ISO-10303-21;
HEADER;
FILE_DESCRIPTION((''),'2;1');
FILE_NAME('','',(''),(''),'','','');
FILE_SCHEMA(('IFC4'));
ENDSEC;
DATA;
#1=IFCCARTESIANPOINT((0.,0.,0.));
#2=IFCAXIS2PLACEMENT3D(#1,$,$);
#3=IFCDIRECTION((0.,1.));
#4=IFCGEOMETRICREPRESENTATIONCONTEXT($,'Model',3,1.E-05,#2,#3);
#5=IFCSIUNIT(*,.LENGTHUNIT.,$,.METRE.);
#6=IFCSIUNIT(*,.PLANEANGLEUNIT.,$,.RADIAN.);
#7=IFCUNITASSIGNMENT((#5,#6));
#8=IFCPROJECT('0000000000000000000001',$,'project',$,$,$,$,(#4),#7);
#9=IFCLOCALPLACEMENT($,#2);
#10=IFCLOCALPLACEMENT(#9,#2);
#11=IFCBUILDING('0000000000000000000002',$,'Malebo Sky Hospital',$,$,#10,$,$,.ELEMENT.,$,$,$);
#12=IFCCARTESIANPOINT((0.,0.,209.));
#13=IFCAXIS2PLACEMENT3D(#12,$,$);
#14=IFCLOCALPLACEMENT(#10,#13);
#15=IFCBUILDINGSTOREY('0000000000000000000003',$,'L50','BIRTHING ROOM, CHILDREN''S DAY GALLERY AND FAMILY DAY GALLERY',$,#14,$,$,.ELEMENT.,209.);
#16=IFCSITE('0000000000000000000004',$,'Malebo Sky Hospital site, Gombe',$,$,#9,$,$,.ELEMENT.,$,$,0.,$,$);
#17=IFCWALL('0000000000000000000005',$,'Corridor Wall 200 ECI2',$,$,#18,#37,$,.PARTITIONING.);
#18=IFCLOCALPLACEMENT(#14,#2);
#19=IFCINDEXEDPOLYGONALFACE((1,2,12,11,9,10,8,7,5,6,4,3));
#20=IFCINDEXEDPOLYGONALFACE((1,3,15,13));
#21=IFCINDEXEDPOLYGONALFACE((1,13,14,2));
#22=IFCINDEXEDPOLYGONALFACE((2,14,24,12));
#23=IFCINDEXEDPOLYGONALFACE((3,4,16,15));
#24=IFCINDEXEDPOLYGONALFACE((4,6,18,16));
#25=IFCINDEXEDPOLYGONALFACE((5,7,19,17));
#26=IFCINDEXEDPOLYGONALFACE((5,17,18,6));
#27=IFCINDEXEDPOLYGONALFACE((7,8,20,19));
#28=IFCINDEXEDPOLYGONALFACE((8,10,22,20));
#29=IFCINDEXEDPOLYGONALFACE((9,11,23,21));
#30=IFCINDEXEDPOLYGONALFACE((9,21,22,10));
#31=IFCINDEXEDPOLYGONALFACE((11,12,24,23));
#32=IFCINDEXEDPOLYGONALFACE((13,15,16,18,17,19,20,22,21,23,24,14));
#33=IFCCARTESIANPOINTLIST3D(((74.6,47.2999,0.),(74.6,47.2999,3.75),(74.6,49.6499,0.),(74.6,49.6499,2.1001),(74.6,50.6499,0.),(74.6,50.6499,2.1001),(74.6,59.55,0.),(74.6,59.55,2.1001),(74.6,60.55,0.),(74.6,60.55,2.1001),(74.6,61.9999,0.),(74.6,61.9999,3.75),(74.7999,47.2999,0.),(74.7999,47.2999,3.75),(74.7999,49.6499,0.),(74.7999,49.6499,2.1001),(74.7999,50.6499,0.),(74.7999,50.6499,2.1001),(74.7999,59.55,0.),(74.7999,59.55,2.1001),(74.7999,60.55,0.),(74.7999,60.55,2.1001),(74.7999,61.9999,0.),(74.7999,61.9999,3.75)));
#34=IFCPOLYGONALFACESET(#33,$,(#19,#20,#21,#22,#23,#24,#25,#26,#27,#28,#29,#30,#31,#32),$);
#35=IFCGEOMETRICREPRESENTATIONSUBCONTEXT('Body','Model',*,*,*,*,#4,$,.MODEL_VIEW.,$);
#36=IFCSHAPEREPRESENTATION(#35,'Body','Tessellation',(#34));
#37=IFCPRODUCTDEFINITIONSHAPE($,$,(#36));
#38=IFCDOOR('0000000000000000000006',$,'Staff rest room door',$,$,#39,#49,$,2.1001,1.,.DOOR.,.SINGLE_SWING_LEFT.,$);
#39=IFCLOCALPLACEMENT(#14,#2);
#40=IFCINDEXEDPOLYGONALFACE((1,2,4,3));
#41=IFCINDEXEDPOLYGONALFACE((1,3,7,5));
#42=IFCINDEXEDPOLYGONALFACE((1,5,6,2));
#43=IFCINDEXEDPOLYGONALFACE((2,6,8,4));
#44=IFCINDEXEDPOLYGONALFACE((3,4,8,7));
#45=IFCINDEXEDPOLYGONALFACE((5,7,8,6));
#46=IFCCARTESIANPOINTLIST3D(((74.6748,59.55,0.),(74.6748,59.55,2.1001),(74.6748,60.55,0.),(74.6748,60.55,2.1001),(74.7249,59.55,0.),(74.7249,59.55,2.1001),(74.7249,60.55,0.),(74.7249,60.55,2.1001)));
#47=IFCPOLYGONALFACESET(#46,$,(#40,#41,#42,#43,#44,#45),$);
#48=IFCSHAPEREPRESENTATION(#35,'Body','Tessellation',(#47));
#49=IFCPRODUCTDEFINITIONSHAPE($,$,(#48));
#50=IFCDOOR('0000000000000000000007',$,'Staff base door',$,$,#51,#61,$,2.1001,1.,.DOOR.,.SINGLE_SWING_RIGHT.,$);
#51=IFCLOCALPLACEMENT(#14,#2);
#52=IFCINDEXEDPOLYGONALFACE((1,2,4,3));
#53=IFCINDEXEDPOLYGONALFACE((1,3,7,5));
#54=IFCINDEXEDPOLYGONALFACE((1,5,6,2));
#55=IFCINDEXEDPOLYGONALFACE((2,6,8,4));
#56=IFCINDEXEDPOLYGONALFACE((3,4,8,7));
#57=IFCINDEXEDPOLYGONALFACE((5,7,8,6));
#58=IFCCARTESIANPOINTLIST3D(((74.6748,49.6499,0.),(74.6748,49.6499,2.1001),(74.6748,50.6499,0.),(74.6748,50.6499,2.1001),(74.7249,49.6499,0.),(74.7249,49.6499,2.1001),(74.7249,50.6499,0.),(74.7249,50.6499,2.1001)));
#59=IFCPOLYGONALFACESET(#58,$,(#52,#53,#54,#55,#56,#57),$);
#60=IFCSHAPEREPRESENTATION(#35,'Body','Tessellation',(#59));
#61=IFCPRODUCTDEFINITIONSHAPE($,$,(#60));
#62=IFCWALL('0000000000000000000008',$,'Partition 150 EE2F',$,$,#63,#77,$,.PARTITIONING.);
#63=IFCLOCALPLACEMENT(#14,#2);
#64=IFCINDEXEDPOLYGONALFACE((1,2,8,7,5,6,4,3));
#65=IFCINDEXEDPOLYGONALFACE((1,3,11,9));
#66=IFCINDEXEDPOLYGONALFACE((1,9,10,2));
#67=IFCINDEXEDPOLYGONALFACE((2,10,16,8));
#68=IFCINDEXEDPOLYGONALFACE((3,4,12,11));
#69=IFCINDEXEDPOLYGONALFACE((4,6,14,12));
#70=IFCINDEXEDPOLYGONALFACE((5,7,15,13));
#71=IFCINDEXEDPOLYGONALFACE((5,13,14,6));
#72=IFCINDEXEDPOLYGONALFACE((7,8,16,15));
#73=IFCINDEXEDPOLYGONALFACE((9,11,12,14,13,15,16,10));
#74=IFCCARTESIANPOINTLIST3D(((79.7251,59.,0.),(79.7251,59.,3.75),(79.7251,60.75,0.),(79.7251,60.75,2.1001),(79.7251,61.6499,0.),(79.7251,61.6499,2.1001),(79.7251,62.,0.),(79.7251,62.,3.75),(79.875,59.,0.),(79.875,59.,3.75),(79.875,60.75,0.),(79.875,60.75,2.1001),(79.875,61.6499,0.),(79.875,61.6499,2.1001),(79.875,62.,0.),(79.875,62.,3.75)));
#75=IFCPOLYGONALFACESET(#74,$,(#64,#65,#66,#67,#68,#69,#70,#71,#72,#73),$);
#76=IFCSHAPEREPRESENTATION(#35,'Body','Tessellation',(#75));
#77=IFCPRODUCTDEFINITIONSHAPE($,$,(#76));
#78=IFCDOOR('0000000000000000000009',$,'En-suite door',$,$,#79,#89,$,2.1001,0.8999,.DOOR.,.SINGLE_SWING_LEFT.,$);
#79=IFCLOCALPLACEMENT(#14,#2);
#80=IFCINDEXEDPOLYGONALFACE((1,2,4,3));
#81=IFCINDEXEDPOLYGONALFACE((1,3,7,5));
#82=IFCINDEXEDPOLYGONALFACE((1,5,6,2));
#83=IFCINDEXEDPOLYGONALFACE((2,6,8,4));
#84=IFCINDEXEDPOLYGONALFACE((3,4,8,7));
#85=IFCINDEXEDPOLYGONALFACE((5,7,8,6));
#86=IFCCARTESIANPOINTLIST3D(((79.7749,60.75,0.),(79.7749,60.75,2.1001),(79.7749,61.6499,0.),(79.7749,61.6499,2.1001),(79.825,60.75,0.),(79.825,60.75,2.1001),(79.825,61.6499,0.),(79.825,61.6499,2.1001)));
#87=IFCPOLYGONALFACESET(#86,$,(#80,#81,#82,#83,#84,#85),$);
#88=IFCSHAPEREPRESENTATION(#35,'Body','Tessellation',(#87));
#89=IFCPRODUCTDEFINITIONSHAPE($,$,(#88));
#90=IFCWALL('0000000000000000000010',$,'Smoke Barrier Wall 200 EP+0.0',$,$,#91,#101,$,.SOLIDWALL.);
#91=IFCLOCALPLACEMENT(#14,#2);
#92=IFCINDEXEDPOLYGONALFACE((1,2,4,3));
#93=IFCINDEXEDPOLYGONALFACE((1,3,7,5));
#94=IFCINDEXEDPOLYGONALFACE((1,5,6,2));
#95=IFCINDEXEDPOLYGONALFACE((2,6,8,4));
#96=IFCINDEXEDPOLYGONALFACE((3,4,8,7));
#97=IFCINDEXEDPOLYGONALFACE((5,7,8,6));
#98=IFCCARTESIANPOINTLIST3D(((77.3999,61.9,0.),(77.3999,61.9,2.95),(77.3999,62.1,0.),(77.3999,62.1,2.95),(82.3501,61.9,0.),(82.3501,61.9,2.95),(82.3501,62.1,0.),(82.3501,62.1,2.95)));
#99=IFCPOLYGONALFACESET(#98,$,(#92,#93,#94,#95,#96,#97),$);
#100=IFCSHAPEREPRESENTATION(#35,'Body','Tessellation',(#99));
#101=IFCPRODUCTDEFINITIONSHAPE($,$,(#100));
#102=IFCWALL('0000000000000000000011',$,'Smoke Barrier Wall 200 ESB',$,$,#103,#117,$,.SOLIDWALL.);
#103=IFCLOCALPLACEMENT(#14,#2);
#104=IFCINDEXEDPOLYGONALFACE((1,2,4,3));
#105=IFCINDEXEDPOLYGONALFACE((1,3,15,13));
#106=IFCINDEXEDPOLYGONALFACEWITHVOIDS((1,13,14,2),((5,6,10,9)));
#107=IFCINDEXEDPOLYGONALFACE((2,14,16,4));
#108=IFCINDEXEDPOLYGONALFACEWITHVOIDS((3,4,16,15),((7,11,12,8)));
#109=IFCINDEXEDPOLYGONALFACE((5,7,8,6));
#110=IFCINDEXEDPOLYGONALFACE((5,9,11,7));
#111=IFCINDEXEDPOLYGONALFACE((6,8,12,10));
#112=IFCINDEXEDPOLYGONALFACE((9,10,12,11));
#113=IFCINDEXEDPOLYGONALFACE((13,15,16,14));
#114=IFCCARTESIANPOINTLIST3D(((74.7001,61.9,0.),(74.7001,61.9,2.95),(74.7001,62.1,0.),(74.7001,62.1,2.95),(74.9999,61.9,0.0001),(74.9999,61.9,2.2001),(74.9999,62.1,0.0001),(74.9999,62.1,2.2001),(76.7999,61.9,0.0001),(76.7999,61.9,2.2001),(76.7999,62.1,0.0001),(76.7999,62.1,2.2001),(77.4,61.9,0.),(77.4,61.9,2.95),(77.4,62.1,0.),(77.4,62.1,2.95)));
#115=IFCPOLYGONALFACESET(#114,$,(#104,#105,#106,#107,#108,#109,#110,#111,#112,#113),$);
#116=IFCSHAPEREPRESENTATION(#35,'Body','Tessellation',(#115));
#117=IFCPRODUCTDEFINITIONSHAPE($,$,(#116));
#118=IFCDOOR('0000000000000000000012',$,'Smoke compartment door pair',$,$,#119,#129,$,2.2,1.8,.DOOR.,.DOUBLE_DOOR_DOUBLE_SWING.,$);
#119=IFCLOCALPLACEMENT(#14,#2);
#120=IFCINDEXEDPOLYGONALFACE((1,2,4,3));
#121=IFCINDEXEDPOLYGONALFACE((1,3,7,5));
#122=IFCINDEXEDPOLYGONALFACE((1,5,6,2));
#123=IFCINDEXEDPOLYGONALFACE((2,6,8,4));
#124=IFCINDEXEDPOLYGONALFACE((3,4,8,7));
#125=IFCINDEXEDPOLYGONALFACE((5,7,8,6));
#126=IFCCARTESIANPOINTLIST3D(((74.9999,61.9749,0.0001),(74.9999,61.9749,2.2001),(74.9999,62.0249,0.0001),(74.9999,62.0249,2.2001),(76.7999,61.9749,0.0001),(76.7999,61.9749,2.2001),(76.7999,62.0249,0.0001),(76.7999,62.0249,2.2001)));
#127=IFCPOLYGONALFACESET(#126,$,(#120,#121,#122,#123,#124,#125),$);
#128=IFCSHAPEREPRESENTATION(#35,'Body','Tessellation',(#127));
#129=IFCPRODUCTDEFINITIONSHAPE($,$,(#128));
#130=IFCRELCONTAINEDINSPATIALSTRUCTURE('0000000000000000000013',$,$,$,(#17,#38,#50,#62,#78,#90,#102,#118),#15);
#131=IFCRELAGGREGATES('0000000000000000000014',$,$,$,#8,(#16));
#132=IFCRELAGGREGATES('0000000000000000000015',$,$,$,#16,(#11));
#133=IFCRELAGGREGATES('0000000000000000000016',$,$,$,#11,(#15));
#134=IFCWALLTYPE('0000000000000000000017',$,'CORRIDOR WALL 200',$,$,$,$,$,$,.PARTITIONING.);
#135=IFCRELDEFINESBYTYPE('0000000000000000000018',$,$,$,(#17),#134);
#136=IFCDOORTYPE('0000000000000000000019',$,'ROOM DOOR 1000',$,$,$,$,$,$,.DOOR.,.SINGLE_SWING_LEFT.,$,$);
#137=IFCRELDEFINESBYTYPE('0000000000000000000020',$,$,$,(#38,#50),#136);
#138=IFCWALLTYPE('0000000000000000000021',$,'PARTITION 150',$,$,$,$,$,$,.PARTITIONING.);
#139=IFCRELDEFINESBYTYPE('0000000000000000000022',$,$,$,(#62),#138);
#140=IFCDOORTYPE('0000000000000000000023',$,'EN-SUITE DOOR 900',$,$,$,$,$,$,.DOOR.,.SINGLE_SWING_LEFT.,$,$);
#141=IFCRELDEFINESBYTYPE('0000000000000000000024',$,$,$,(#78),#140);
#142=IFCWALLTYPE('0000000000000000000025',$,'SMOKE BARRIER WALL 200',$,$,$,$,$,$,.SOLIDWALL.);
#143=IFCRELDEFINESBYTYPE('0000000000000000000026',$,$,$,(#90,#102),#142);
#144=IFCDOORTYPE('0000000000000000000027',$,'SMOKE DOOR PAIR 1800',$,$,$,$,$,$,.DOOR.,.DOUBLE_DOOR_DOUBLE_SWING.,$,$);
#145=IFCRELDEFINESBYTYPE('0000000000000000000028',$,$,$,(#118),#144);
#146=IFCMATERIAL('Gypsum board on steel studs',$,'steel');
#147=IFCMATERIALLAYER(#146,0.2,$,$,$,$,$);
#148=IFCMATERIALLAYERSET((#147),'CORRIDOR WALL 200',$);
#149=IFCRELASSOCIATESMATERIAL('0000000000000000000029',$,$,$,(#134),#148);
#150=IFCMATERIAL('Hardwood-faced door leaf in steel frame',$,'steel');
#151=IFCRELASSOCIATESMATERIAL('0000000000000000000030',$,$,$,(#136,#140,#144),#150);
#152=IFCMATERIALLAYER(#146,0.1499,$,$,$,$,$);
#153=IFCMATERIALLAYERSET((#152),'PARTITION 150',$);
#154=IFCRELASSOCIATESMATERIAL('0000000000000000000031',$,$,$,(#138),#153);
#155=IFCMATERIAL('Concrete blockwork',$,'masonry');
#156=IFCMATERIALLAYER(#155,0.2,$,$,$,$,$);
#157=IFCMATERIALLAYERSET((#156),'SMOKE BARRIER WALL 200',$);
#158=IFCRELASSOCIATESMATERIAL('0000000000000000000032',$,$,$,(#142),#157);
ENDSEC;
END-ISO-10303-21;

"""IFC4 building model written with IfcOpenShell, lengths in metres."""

from ifc_helpers import new_model, si_unit, direction, frame, frame_2d, origin, place, context, subcontext, project, spatial, rectangle, extrude, material, layer, layer_set, type_object, element, fill, save


model = new_model("IFC4")

# Units and contexts
model_context = context("Model", 3, precision=1e-05, world=origin(), true_north=direction((0.0, 1.0)))
body_context = subcontext(model_context, "Body", "Model", "MODEL_VIEW")
ifc_project = project(units=[si_unit("LENGTHUNIT", "METRE"), si_unit("PLANEANGLEUNIT", "RADIAN")], contexts=[model_context])

# Site, building, storey
site_placement = place(None, origin())
site = spatial("IfcSite", under=ifc_project, at=site_placement, Name="Malebo Sky Hospital site, Gombe", CompositionType="ELEMENT", RefElevation=0.0)
building_placement = place(site_placement, origin())
building = spatial("IfcBuilding", under=site, at=building_placement, Name="Malebo Sky Hospital", CompositionType="ELEMENT")
storey_placement = place(building_placement, frame((0.0, 0.0, 209.0)))
storey = spatial("IfcBuildingStorey", under=building, at=storey_placement, Name="L50", Description="BIRTHING ROOM, CHILDREN'S DAY GALLERY AND FAMILY DAY GALLERY", CompositionType="ELEMENT", Elevation=209.0)

# Wall, openings, doors
ifc_material_1 = material(Name="Gypsum board on steel studs", Category="steel")
ifc_layer_1 = layer(ifc_material_1, 0.2)
ifc_layer_set_1 = layer_set([ifc_layer_1], Name="CORRIDOR WALL 200")
wall_type_1 = type_object("IfcWallType", Name="CORRIDOR WALL 200", PredefinedType="PARTITIONING", material=ifc_layer_set_1)
wall_1_placement = place(storey_placement, frame((74.7, 62.0, 0.0), z_axis=(0.0, 0.0, 1.0), x_axis=(0.0, -1.0, 0.0)))
wall_1 = element("IfcWall", 1, at=wall_1_placement, inside=storey, type_object=wall_type_1, Name="Corridor Wall 200 ECI2", PredefinedType="PARTITIONING", context=body_context, shape_type="SweptSolid", body=[
    extrude(rectangle(XDim=14.7, YDim=0.2, at=frame_2d((7.3501, 0.0))), origin(), (0.0, 0.0, 1.0), 3.75),
])
opening_1_placement = place(wall_1_placement, frame((1.45, 0.0, 0.0)))
opening_1 = element("IfcOpeningElement", 2, at=opening_1_placement, cuts=wall_1, PredefinedType="OPENING", context=body_context, shape_type="SweptSolid", body=[
    extrude(rectangle(XDim=1.0, YDim=2.1001, at=frame_2d((0.5, 1.05))), frame((0.0, 0.1099, 0.0), z_axis=(0.0, -1.0, 0.0), x_axis=(1.0, 0.0, 0.0)), (0.0, 0.0, 1.0), 0.22),
])
opening_2_placement = place(wall_1_placement, frame((11.3501, 0.0, 0.0)))
opening_2 = element("IfcOpeningElement", 3, at=opening_2_placement, cuts=wall_1, PredefinedType="OPENING", context=body_context, shape_type="SweptSolid", body=[
    extrude(rectangle(XDim=1.0, YDim=2.1001, at=frame_2d((0.5, 1.05))), frame((0.0, 0.1099, 0.0), z_axis=(0.0, -1.0, 0.0), x_axis=(1.0, 0.0, 0.0)), (0.0, 0.0, 1.0), 0.22),
])
ifc_material_2 = material(Name="Hardwood-faced door leaf in steel frame", Category="steel")
door_type_1 = type_object("IfcDoorType", Name="ROOM DOOR 1000", OperationType="SINGLE_SWING_LEFT", PredefinedType="DOOR", material=ifc_material_2)
door_1_placement = place(opening_1_placement, origin())
door_1 = element("IfcDoor", 4, at=door_1_placement, inside=storey, type_object=door_type_1, Name="Staff rest room door", OperationType="SINGLE_SWING_LEFT", OverallHeight=2.1001, OverallWidth=1.0, PredefinedType="DOOR", context=body_context, shape_type="SweptSolid", body=[
    extrude(rectangle(XDim=1.0, YDim=2.1001, at=frame_2d((0.5, 1.05))), frame((0.0, 0.0249, 0.0), z_axis=(0.0, -1.0, 0.0), x_axis=(1.0, 0.0, 0.0)), (0.0, 0.0, 1.0), 0.05),
])
fill(opening_1, door_1)
door_2_placement = place(opening_2_placement, origin())
door_2 = element("IfcDoor", 5, at=door_2_placement, inside=storey, type_object=door_type_1, Name="Staff base door", OperationType="SINGLE_SWING_RIGHT", OverallHeight=2.1001, OverallWidth=1.0, PredefinedType="DOOR", context=body_context, shape_type="SweptSolid", body=[
    extrude(rectangle(XDim=1.0, YDim=2.1001, at=frame_2d((0.5, 1.05))), frame((0.0, 0.0249, 0.0), z_axis=(0.0, -1.0, 0.0), x_axis=(1.0, 0.0, 0.0)), (0.0, 0.0, 1.0), 0.05),
])
fill(opening_2, door_2)

# Wall, opening, door
ifc_layer_2 = layer(ifc_material_1, 0.1499)
ifc_layer_set_2 = layer_set([ifc_layer_2], Name="PARTITION 150")
wall_type_2 = type_object("IfcWallType", Name="PARTITION 150", PredefinedType="PARTITIONING", material=ifc_layer_set_2)
wall_2_placement = place(storey_placement, frame((79.8, 62.0, 0.0), z_axis=(0.0, 0.0, 1.0), x_axis=(0.0, -1.0, 0.0)))
wall_2 = element("IfcWall", 6, at=wall_2_placement, inside=storey, type_object=wall_type_2, Name="Partition 150 EE2F", PredefinedType="PARTITIONING", context=body_context, shape_type="SweptSolid", body=[
    extrude(rectangle(XDim=3.0, YDim=0.1499, at=frame_2d((1.5, 0.0))), origin(), (0.0, 0.0, 1.0), 3.75),
])
opening_3_placement = place(wall_2_placement, frame((0.3501, 0.0, 0.0)))
opening_3 = element("IfcOpeningElement", 7, at=opening_3_placement, cuts=wall_2, PredefinedType="OPENING", context=body_context, shape_type="SweptSolid", body=[
    extrude(rectangle(XDim=0.8999, YDim=2.1001, at=frame_2d((0.45, 1.05))), frame((0.0, 0.085, 0.0), z_axis=(0.0, -1.0, 0.0), x_axis=(1.0, 0.0, 0.0)), (0.0, 0.0, 1.0), 0.1699),
])
door_type_2 = type_object("IfcDoorType", Name="EN-SUITE DOOR 900", OperationType="SINGLE_SWING_LEFT", PredefinedType="DOOR", material=ifc_material_2)
door_3_placement = place(opening_3_placement, origin())
door_3 = element("IfcDoor", 8, at=door_3_placement, inside=storey, type_object=door_type_2, Name="En-suite door", OperationType="SINGLE_SWING_LEFT", OverallHeight=2.1001, OverallWidth=0.8999, PredefinedType="DOOR", context=body_context, shape_type="SweptSolid", body=[
    extrude(rectangle(XDim=0.8999, YDim=2.1001, at=frame_2d((0.45, 1.05))), frame((0.0, 0.0249, 0.0), z_axis=(0.0, -1.0, 0.0), x_axis=(1.0, 0.0, 0.0)), (0.0, 0.0, 1.0), 0.05),
])
fill(opening_3, door_3)

# Wall
ifc_material_3 = material(Name="Concrete blockwork", Category="masonry")
ifc_layer_3 = layer(ifc_material_3, 0.2)
ifc_layer_set_3 = layer_set([ifc_layer_3], Name="SMOKE BARRIER WALL 200")
wall_type_3 = type_object("IfcWallType", Name="SMOKE BARRIER WALL 200", PredefinedType="SOLIDWALL", material=ifc_layer_set_3)
wall_3_placement = place(storey_placement, frame((77.3999, 62.0, 0.0), z_axis=(0.0, 0.0, 1.0), x_axis=(1.0, 0.0, 0.0)))
element("IfcWall", 9, at=wall_3_placement, inside=storey, type_object=wall_type_3, Name="Smoke Barrier Wall 200 EP+0.0", PredefinedType="SOLIDWALL", context=body_context, shape_type="SweptSolid", body=[
    extrude(rectangle(XDim=4.9502, YDim=0.2, at=frame_2d((2.4751, 0.0))), origin(), (0.0, 0.0, 1.0), 2.95),
])

# Wall, opening, door
wall_4_placement = place(storey_placement, frame((74.7, 62.0, 0.0), z_axis=(0.0, 0.0, 1.0), x_axis=(1.0, 0.0, 0.0)))
wall_4 = element("IfcWall", 10, at=wall_4_placement, inside=storey, type_object=wall_type_3, Name="Smoke Barrier Wall 200 ESB", PredefinedType="SOLIDWALL", context=body_context, shape_type="SweptSolid", body=[
    extrude(rectangle(XDim=2.7, YDim=0.2, at=frame_2d((1.3501, 0.0))), origin(), (0.0, 0.0, 1.0), 2.95),
])
opening_4_placement = place(wall_4_placement, frame((0.3, 0.0, 0.0)))
opening_4 = element("IfcOpeningElement", 11, at=opening_4_placement, cuts=wall_4, PredefinedType="OPENING", context=body_context, shape_type="SweptSolid", body=[
    extrude(rectangle(XDim=1.8, YDim=2.2, at=frame_2d((0.8999, 1.1001))), frame((0.0, 0.1099, 0.0), z_axis=(0.0, -1.0, 0.0), x_axis=(1.0, 0.0, 0.0)), (0.0, 0.0, 1.0), 0.22),
])
door_type_3 = type_object("IfcDoorType", Name="SMOKE DOOR PAIR 1800", OperationType="DOUBLE_DOOR_DOUBLE_SWING", PredefinedType="DOOR", material=ifc_material_2)
door_4_placement = place(opening_4_placement, origin())
door_4 = element("IfcDoor", 12, at=door_4_placement, inside=storey, type_object=door_type_3, Name="Smoke compartment door pair", OperationType="DOUBLE_DOOR_DOUBLE_SWING", OverallHeight=2.2, OverallWidth=1.8, PredefinedType="DOOR", context=body_context, shape_type="SweptSolid", body=[
    extrude(rectangle(XDim=1.8, YDim=2.2, at=frame_2d((0.8999, 1.1001))), frame((0.0, 0.0249, 0.0), z_axis=(0.0, -1.0, 0.0), x_axis=(1.0, 0.0, 0.0)), (0.0, 0.0, 1.0), 0.05),
])
fill(opening_4, door_4)

save(model, "model.ifc")
